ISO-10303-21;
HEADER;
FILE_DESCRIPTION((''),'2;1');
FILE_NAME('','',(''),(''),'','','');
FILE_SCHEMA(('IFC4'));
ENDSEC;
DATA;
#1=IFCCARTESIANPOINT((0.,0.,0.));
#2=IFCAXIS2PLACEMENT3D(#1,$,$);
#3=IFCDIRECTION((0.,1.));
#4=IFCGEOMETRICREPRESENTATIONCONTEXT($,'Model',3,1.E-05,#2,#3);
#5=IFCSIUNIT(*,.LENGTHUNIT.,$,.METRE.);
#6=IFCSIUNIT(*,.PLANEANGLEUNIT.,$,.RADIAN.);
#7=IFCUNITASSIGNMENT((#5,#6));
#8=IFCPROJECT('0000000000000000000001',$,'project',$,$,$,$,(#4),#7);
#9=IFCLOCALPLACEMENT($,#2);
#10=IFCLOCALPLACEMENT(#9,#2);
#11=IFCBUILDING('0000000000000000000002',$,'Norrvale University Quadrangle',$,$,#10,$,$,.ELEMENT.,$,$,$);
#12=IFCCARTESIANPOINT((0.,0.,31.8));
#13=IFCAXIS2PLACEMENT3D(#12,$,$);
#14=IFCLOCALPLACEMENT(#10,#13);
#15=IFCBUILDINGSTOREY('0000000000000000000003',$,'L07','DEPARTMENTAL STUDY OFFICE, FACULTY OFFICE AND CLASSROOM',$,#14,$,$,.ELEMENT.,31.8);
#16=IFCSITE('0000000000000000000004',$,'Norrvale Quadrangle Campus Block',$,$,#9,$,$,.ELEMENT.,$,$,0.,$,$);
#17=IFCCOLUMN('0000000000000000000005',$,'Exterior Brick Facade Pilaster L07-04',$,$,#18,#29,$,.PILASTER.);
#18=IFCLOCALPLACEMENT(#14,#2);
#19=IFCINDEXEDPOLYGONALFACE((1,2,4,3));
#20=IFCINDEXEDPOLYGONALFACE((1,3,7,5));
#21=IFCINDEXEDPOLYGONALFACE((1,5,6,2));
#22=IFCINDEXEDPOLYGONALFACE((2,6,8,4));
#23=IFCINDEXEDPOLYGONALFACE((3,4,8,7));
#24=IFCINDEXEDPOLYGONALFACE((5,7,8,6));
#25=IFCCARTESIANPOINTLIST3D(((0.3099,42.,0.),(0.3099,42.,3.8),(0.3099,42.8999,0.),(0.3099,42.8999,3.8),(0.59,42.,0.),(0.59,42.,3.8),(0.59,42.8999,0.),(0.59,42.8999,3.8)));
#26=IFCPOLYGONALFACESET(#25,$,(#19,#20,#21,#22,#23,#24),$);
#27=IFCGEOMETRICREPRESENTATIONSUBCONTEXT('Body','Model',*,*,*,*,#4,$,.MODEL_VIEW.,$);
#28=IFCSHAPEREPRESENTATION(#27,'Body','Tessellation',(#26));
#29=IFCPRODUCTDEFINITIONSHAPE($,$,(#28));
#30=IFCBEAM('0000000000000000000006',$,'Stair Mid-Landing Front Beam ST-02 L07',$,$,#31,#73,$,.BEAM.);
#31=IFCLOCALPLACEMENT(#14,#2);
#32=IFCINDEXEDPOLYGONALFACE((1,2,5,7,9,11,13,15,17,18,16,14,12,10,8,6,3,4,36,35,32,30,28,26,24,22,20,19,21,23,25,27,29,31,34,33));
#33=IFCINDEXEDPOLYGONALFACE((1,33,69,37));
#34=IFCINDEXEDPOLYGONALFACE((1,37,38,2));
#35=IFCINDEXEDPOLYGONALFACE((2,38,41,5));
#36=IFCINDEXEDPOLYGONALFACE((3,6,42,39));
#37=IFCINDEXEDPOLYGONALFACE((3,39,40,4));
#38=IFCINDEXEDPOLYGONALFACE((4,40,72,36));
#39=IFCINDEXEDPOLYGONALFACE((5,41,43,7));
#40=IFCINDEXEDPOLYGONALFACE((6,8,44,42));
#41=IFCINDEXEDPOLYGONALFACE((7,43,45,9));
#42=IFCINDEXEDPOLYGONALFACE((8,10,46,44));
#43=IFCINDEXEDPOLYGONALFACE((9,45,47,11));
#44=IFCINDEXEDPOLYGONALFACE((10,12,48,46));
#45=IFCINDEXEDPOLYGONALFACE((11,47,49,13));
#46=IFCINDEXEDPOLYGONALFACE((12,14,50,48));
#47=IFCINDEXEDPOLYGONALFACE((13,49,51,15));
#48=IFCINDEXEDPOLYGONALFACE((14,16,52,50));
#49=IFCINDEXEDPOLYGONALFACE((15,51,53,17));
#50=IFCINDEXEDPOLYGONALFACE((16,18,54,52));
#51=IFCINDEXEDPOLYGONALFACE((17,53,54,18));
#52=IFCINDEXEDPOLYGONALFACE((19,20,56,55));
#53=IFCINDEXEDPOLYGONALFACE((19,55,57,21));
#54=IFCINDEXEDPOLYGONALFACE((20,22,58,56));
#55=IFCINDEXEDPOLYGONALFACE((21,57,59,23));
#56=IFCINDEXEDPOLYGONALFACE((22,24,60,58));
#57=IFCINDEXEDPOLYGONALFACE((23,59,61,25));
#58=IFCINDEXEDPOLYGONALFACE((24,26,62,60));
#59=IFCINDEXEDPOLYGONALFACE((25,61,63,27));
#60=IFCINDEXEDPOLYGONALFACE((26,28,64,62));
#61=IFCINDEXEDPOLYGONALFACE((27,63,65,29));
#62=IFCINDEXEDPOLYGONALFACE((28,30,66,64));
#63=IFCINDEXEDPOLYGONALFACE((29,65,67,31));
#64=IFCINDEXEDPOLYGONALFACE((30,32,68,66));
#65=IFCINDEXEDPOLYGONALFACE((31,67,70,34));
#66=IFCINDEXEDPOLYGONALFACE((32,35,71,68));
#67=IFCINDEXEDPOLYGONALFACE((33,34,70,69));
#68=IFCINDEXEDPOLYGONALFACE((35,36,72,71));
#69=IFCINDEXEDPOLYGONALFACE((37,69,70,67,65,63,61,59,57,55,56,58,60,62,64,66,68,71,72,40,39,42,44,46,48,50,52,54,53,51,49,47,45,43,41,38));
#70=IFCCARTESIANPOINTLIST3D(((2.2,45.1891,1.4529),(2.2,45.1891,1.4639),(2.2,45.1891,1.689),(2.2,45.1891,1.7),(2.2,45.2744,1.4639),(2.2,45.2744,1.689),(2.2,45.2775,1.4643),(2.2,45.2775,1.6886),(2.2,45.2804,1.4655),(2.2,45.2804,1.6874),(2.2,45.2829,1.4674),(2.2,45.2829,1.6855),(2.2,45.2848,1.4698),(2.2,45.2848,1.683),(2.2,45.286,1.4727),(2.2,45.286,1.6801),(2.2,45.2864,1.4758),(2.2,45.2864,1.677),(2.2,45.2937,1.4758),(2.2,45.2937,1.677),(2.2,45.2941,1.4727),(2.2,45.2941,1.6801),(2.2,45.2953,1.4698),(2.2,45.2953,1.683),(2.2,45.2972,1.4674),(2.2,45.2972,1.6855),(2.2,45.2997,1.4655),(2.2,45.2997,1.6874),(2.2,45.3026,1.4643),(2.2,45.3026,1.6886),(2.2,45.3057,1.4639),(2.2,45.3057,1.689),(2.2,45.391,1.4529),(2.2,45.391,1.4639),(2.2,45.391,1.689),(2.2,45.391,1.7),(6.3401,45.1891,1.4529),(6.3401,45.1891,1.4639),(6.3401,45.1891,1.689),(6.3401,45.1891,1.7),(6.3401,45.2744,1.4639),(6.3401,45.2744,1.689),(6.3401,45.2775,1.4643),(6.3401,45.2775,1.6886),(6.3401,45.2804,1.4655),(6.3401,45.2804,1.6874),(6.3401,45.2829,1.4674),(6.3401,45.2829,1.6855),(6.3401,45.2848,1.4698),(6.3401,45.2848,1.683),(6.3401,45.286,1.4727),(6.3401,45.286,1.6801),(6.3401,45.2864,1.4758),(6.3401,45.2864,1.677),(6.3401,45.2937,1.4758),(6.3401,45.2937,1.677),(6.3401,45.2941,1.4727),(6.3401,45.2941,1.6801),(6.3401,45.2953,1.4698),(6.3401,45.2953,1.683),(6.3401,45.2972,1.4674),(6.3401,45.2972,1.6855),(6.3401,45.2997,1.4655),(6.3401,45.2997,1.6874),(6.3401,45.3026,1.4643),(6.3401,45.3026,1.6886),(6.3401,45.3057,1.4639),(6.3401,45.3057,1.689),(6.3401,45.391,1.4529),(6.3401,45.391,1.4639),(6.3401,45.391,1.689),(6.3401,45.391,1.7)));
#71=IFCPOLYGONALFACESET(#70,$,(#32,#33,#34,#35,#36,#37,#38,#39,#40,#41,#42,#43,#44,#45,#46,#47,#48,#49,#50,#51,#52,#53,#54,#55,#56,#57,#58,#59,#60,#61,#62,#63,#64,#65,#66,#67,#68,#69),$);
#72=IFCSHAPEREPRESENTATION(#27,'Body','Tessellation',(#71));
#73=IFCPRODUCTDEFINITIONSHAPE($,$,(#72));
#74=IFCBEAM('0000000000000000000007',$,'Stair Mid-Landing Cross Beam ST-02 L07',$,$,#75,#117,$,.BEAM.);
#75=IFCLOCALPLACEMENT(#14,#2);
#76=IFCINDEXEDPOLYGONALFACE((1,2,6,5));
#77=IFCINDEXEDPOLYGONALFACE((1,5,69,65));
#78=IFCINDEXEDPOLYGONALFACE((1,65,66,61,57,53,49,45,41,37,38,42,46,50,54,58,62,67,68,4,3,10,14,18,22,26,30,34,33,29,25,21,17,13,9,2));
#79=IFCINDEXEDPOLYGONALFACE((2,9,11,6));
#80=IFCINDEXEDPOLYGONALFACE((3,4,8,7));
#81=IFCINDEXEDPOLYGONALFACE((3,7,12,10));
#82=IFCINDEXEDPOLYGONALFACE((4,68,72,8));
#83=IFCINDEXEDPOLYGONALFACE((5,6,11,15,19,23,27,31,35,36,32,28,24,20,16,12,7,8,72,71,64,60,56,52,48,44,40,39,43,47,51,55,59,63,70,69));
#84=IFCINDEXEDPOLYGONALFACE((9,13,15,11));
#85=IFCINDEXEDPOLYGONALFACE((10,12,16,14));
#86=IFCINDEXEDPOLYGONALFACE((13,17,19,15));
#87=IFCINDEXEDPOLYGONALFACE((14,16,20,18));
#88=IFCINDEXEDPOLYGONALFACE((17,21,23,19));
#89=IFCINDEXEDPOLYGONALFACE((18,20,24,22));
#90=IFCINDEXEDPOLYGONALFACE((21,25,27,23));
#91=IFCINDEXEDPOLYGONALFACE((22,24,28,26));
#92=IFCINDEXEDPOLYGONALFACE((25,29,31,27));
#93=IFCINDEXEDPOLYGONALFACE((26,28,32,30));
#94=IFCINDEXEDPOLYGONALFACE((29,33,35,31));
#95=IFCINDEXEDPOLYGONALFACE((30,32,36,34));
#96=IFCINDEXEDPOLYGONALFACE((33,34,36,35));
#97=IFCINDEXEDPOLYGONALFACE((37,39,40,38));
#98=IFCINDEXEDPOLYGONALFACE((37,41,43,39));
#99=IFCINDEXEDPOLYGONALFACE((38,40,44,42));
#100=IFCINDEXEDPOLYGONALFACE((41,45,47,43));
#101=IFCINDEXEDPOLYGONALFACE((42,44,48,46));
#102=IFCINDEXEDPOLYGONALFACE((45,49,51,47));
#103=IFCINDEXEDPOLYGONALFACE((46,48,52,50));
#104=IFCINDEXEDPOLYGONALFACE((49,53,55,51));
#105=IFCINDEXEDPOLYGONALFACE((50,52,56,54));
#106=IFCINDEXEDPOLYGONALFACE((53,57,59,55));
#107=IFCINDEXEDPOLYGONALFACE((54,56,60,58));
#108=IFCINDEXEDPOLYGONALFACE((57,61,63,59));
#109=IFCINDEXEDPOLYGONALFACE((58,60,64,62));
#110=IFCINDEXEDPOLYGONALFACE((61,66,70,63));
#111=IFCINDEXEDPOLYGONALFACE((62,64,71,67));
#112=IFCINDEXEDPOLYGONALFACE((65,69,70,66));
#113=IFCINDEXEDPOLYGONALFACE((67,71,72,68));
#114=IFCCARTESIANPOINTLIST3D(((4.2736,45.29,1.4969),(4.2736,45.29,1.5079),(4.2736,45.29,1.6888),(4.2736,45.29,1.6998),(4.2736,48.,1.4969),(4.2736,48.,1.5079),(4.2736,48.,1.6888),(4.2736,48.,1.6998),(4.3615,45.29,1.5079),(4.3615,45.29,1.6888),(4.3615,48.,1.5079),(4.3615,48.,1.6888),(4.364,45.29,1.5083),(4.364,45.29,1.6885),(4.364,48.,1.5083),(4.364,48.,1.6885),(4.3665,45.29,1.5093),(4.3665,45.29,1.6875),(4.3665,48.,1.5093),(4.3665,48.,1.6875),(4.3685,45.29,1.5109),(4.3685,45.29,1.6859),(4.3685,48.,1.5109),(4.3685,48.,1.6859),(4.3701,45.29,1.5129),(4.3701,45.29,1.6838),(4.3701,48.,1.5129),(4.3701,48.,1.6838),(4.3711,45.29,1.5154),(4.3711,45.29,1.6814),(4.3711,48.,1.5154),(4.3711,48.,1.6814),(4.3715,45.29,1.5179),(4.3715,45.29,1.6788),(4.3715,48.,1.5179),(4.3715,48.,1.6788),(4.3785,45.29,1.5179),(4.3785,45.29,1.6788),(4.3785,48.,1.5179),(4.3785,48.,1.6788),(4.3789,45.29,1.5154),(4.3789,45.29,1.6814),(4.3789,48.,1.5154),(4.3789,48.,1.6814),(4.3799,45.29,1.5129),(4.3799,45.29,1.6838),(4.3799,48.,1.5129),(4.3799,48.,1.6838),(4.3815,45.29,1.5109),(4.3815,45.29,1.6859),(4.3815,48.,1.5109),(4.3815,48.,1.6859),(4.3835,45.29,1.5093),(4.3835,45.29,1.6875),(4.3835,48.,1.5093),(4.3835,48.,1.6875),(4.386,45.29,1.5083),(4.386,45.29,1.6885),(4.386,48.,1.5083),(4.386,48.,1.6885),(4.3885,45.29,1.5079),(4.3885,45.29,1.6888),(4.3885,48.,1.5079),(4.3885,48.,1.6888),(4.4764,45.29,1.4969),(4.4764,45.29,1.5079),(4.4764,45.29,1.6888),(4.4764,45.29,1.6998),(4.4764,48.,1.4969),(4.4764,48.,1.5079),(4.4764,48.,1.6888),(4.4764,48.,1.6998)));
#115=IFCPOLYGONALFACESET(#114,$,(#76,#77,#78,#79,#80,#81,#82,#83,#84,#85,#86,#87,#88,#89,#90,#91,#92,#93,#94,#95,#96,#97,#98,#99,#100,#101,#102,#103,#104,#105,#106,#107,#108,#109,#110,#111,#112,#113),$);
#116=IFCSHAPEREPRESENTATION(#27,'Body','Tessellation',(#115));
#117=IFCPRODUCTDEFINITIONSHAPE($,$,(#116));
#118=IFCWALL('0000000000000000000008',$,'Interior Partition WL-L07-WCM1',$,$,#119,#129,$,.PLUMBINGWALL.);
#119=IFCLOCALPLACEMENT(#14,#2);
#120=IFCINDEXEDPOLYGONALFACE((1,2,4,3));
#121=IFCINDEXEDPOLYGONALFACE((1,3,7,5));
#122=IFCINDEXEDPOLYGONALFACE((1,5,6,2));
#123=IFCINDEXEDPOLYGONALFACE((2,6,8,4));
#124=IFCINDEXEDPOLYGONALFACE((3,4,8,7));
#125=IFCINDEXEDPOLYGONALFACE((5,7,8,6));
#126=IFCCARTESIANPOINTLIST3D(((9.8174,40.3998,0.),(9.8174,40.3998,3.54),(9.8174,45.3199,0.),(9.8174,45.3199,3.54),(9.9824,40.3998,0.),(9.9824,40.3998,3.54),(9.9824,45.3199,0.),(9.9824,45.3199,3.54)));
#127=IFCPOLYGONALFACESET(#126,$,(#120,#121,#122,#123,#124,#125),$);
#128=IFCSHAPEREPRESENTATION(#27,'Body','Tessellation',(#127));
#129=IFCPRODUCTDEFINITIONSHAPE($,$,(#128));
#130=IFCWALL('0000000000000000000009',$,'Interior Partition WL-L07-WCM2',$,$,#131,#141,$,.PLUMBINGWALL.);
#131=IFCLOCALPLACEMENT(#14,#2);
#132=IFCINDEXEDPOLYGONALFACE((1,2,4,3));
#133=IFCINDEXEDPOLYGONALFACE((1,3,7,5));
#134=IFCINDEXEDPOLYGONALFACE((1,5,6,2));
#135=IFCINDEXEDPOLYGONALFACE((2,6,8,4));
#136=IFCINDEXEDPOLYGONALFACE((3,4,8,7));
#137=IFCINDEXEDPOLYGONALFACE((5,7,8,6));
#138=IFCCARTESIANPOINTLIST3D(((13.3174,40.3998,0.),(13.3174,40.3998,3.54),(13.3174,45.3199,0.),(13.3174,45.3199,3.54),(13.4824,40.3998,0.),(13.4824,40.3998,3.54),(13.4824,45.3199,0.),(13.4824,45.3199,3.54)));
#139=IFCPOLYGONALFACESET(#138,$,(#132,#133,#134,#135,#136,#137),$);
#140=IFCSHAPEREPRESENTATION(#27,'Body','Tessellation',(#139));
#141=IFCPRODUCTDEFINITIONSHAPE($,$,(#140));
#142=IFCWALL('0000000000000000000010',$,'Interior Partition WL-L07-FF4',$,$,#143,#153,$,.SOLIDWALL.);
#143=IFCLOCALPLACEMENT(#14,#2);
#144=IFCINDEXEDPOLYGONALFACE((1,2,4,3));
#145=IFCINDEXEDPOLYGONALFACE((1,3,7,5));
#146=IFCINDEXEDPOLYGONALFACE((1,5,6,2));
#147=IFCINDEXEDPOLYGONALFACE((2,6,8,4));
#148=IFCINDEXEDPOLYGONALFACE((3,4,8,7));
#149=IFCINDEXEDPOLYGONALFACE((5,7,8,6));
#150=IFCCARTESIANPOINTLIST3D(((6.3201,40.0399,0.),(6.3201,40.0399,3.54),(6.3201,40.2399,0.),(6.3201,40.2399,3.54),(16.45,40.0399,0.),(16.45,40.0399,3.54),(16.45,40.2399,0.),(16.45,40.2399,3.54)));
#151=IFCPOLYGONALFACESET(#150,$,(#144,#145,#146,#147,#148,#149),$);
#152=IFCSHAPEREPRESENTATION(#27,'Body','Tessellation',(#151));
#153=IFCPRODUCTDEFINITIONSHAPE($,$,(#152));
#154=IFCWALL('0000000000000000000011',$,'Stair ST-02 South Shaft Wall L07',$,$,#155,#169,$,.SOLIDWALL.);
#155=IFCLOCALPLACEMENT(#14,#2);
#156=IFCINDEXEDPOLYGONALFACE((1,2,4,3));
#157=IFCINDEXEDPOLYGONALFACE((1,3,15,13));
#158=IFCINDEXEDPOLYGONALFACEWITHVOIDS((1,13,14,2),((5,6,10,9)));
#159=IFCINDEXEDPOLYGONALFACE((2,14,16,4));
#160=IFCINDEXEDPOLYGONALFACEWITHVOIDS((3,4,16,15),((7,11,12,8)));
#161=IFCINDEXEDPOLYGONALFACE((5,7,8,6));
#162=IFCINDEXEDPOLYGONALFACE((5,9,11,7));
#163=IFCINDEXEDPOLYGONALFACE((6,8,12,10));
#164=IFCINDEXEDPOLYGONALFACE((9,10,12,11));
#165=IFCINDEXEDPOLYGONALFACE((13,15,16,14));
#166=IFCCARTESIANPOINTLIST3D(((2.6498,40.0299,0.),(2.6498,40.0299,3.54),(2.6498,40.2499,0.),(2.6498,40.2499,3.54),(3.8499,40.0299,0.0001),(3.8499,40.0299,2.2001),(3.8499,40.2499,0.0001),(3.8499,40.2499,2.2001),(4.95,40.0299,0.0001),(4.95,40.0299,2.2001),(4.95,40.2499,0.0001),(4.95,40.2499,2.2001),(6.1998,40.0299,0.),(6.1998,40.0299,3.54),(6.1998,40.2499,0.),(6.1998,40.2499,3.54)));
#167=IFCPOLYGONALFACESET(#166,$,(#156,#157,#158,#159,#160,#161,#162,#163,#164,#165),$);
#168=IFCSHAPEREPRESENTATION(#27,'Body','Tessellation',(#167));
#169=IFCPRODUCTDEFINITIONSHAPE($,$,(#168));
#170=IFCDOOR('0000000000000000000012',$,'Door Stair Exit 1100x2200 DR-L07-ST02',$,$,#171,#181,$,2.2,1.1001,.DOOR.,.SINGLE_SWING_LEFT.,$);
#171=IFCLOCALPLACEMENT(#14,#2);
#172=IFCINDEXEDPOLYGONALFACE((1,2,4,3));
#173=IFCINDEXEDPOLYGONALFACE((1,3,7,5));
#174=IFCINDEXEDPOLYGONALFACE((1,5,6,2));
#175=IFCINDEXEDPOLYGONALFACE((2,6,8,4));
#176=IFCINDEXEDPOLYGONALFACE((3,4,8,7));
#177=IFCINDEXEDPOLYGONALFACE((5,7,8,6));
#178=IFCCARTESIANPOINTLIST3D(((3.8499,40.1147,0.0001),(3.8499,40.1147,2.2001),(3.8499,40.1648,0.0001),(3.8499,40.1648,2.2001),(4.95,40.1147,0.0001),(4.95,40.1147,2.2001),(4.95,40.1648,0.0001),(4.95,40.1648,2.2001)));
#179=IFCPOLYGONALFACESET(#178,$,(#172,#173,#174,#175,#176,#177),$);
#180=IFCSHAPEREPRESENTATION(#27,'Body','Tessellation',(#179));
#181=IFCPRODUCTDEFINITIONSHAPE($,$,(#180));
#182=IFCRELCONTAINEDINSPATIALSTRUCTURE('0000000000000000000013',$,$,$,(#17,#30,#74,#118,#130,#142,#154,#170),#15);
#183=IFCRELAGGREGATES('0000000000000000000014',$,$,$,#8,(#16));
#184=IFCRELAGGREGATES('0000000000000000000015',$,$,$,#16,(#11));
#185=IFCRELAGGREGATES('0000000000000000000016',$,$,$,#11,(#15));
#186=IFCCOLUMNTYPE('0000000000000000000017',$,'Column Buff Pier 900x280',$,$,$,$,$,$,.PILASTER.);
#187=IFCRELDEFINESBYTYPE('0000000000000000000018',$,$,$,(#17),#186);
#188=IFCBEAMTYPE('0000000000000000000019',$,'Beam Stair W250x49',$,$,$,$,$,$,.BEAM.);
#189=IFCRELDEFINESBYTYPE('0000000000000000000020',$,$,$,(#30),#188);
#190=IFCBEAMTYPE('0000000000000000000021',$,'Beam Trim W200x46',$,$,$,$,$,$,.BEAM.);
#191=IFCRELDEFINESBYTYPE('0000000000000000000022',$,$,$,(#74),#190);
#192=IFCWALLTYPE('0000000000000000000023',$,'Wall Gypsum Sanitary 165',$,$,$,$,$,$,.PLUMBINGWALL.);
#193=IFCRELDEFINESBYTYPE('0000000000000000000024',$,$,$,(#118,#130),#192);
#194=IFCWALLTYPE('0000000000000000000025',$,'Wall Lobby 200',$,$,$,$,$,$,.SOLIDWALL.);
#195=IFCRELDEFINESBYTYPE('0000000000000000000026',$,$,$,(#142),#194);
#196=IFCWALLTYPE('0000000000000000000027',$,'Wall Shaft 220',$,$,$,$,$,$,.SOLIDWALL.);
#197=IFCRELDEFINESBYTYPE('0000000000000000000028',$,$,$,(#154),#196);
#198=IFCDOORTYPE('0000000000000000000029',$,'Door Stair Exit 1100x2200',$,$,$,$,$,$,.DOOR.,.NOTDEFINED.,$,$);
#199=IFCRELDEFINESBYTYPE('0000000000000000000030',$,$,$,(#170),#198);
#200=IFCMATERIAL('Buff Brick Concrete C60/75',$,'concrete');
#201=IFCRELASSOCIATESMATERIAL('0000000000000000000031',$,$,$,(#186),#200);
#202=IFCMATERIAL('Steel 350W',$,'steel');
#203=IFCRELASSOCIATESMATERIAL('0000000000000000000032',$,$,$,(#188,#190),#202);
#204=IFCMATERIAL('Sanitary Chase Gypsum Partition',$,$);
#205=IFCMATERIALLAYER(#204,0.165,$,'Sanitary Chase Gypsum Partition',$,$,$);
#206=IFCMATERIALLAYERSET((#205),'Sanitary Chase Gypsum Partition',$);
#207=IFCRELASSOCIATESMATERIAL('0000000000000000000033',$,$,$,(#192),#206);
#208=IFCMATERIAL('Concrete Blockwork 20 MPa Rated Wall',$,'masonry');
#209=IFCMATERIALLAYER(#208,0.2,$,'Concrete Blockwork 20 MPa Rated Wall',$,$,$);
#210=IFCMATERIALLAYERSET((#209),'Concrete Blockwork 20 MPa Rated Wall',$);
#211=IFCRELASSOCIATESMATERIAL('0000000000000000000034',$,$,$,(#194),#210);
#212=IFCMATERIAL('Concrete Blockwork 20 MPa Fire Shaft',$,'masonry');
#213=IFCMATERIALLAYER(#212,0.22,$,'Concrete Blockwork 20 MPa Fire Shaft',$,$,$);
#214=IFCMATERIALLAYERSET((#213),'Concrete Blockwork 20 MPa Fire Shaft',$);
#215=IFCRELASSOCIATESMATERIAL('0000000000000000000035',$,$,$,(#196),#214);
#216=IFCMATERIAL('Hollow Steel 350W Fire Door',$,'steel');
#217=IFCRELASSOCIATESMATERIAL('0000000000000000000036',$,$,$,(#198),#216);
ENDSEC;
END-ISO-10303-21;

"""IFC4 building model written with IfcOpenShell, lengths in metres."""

from ifc_helpers import new_model, si_unit, direction, frame, frame_2d, origin, origin_2d, place, context, subcontext, project, spatial, rectangle, i_section, extrude, material, layer, layer_set, material_profile, profile_set, type_object, element, fill, save


model = new_model("IFC4")

# Units and contexts
model_context = context("Model", 3, precision=1e-05, world=origin(), true_north=direction((0.0, 1.0)))
body_context = subcontext(model_context, "Body", "Model", "MODEL_VIEW")
ifc_project = project(units=[si_unit("LENGTHUNIT", "METRE"), si_unit("PLANEANGLEUNIT", "RADIAN")], contexts=[model_context])

# Site, building, storey
site_placement = place(None, origin())
site = spatial("IfcSite", under=ifc_project, at=site_placement, Name="Norrvale Quadrangle Campus Block", CompositionType="ELEMENT", RefElevation=0.0)
building_placement = place(site_placement, origin())
building = spatial("IfcBuilding", under=site, at=building_placement, Name="Norrvale University Quadrangle", CompositionType="ELEMENT")
storey_placement = place(building_placement, frame((0.0, 0.0, 31.8)))
storey = spatial("IfcBuildingStorey", under=building, at=storey_placement, Name="L07", Description="DEPARTMENTAL STUDY OFFICE, FACULTY OFFICE AND CLASSROOM", CompositionType="ELEMENT", Elevation=31.8)

# Column
ifc_material_1 = material(Name="Buff Brick Concrete C60/75", Category="concrete")
ifc_material_profile_1 = material_profile(ifc_material_1, rectangle(XDim=0.8999, YDim=0.28, at=origin_2d()), Name="Buff Brick Concrete C60/75")
ifc_profile_set_1 = profile_set([ifc_material_profile_1], Name="Buff Brick Concrete C60/75")
column_type = type_object("IfcColumnType", Name="Column Buff Pier 900x280", PredefinedType="PILASTER", material=ifc_profile_set_1)
column_placement = place(storey_placement, frame((0.45, 42.45, 0.0), z_axis=(0.0, 0.0, 1.0), x_axis=(0.0, 1.0, 0.0)))
element("IfcColumn", 1, at=column_placement, inside=storey, type_object=column_type, Name="Exterior Brick Facade Pilaster L07-04", PredefinedType="PILASTER", context=body_context, shape_type="SweptSolid", body=[
    extrude(rectangle(XDim=0.8999, YDim=0.28, at=origin_2d()), origin(), (0.0, 0.0, 1.0), 3.8),
])

# Beams
ifc_material_2 = material(Name="Steel 350W", Category="steel")
ifc_material_profile_2 = material_profile(ifc_material_2, i_section(OverallWidth=0.2019, OverallDepth=0.2471, WebThickness=0.0073, FlangeThickness=0.011, FilletRadius=0.012, at=origin_2d()), Name="Steel 350W")
ifc_profile_set_2 = profile_set([ifc_material_profile_2], Name="Steel 350W")
beam_type_1 = type_object("IfcBeamType", Name="Beam Stair W250x49", PredefinedType="BEAM", material=ifc_profile_set_2)
beam_1_placement = place(storey_placement, frame((2.2, 45.29, 1.5764), z_axis=(1.0, 0.0, 0.0), x_axis=(0.0, 1.0, 0.0)))
element("IfcBeam", 2, at=beam_1_placement, inside=storey, type_object=beam_type_1, Name="Stair Mid-Landing Front Beam ST-02 L07", PredefinedType="BEAM", context=body_context, shape_type="SweptSolid", body=[
    extrude(i_section(OverallWidth=0.2019, OverallDepth=0.2471, WebThickness=0.0073, FlangeThickness=0.011, FilletRadius=0.012, at=origin_2d()), origin(), (0.0, 0.0, 1.0), 4.1401),
])
ifc_material_profile_3 = material_profile(ifc_material_2, i_section(OverallWidth=0.2029, OverallDepth=0.2029, WebThickness=0.0071, FlangeThickness=0.011, FilletRadius=0.01, at=origin_2d()), Name="Steel 350W")
ifc_profile_set_3 = profile_set([ifc_material_profile_3], Name="Steel 350W")
beam_type_2 = type_object("IfcBeamType", Name="Beam Trim W200x46", PredefinedType="BEAM", material=ifc_profile_set_3)
beam_2_placement = place(storey_placement, frame((4.375, 45.29, 1.5984), z_axis=(0.0, 1.0, 0.0), x_axis=(-1.0, 0.0, 0.0)))
element("IfcBeam", 3, at=beam_2_placement, inside=storey, type_object=beam_type_2, Name="Stair Mid-Landing Cross Beam ST-02 L07", PredefinedType="BEAM", context=body_context, shape_type="SweptSolid", body=[
    extrude(i_section(OverallWidth=0.2029, OverallDepth=0.2029, WebThickness=0.0071, FlangeThickness=0.011, FilletRadius=0.01, at=origin_2d()), origin(), (0.0, 0.0, 1.0), 2.71),
])

# Walls
ifc_material_3 = material(Name="Sanitary Chase Gypsum Partition")
ifc_layer_1 = layer(ifc_material_3, 0.165, Name="Sanitary Chase Gypsum Partition")
ifc_layer_set_1 = layer_set([ifc_layer_1], Name="Sanitary Chase Gypsum Partition")
wall_type_1 = type_object("IfcWallType", Name="Wall Gypsum Sanitary 165", PredefinedType="PLUMBINGWALL", material=ifc_layer_set_1)
for number, where, z_axis, x_axis, name in (
    (4, (9.8999, 40.3999, 0.0), (0.0, 0.0, 1.0), (0.0, 1.0, 0.0), "Interior Partition WL-L07-WCM1"),
    (5, (13.3999, 40.3999, 0.0), (0.0, 0.0, 1.0), (0.0, 1.0, 0.0), "Interior Partition WL-L07-WCM2"),
):
    element("IfcWall", number, at=place(storey_placement, frame(where, z_axis=z_axis, x_axis=x_axis)), inside=storey, type_object=wall_type_1, Name=name, PredefinedType="PLUMBINGWALL", context=body_context, shape_type="SweptSolid", body=[
        extrude(rectangle(XDim=4.9202, YDim=0.165, at=frame_2d((2.46, 0.0))), origin(), (0.0, 0.0, 1.0), 3.54),
    ])
ifc_material_4 = material(Name="Concrete Blockwork 20 MPa Rated Wall", Category="masonry")
ifc_layer_2 = layer(ifc_material_4, 0.2, Name="Concrete Blockwork 20 MPa Rated Wall")
ifc_layer_set_2 = layer_set([ifc_layer_2], Name="Concrete Blockwork 20 MPa Rated Wall")
wall_type_2 = type_object("IfcWallType", Name="Wall Lobby 200", PredefinedType="SOLIDWALL", material=ifc_layer_set_2)
wall_1_placement = place(storey_placement, frame((6.3201, 40.1399, 0.0), z_axis=(0.0, 0.0, 1.0), x_axis=(1.0, 0.0, 0.0)))
element("IfcWall", 6, at=wall_1_placement, inside=storey, type_object=wall_type_2, Name="Interior Partition WL-L07-FF4", PredefinedType="SOLIDWALL", context=body_context, shape_type="SweptSolid", body=[
    extrude(rectangle(XDim=10.1299, YDim=0.2, at=frame_2d((5.0649, 0.0))), origin(), (0.0, 0.0, 1.0), 3.54),
])

# Wall, opening, door
ifc_material_5 = material(Name="Concrete Blockwork 20 MPa Fire Shaft", Category="masonry")
ifc_layer_3 = layer(ifc_material_5, 0.22, Name="Concrete Blockwork 20 MPa Fire Shaft")
ifc_layer_set_3 = layer_set([ifc_layer_3], Name="Concrete Blockwork 20 MPa Fire Shaft")
wall_type_3 = type_object("IfcWallType", Name="Wall Shaft 220", PredefinedType="SOLIDWALL", material=ifc_layer_set_3)
wall_2_placement = place(storey_placement, frame((2.6499, 40.1399, 0.0), z_axis=(0.0, 0.0, 1.0), x_axis=(1.0, 0.0, 0.0)))
wall_2 = element("IfcWall", 7, at=wall_2_placement, inside=storey, type_object=wall_type_3, Name="Stair ST-02 South Shaft Wall L07", PredefinedType="SOLIDWALL", context=body_context, shape_type="SweptSolid", body=[
    extrude(rectangle(XDim=3.55, YDim=0.22, at=frame_2d((1.7749, 0.0))), origin(), (0.0, 0.0, 1.0), 3.54),
])
opening_placement = place(wall_2_placement, frame((1.2, 0.0, 0.0)))
opening = element("IfcOpeningElement", 8, at=opening_placement, cuts=wall_2, PredefinedType="OPENING", context=body_context, shape_type="SweptSolid", body=[
    extrude(rectangle(XDim=1.1001, YDim=2.2, at=frame_2d((0.55, 1.1001))), frame((0.0, 0.1221, 0.0), z_axis=(0.0, -1.0, 0.0), x_axis=(1.0, 0.0, 0.0)), (0.0, 0.0, 1.0), 0.2439),
])
ifc_material_6 = material(Name="Hollow Steel 350W Fire Door", Category="steel")
door_type = type_object("IfcDoorType", Name="Door Stair Exit 1100x2200", OperationType="NOTDEFINED", PredefinedType="DOOR", material=ifc_material_6)
door_placement = place(opening_placement, origin())
door = element("IfcDoor", 9, at=door_placement, inside=storey, type_object=door_type, Name="Door Stair Exit 1100x2200 DR-L07-ST02", OperationType="SINGLE_SWING_LEFT", OverallHeight=2.2, OverallWidth=1.1001, PredefinedType="DOOR", context=body_context, shape_type="SweptSolid", body=[
    extrude(rectangle(XDim=1.1001, YDim=2.2, at=frame_2d((0.55, 1.1001))), frame((0.0, 0.0249, 0.0), z_axis=(0.0, -1.0, 0.0), x_axis=(1.0, 0.0, 0.0)), (0.0, 0.0, 1.0), 0.05),
])
fill(opening, door)

save(model, "model.ifc")
